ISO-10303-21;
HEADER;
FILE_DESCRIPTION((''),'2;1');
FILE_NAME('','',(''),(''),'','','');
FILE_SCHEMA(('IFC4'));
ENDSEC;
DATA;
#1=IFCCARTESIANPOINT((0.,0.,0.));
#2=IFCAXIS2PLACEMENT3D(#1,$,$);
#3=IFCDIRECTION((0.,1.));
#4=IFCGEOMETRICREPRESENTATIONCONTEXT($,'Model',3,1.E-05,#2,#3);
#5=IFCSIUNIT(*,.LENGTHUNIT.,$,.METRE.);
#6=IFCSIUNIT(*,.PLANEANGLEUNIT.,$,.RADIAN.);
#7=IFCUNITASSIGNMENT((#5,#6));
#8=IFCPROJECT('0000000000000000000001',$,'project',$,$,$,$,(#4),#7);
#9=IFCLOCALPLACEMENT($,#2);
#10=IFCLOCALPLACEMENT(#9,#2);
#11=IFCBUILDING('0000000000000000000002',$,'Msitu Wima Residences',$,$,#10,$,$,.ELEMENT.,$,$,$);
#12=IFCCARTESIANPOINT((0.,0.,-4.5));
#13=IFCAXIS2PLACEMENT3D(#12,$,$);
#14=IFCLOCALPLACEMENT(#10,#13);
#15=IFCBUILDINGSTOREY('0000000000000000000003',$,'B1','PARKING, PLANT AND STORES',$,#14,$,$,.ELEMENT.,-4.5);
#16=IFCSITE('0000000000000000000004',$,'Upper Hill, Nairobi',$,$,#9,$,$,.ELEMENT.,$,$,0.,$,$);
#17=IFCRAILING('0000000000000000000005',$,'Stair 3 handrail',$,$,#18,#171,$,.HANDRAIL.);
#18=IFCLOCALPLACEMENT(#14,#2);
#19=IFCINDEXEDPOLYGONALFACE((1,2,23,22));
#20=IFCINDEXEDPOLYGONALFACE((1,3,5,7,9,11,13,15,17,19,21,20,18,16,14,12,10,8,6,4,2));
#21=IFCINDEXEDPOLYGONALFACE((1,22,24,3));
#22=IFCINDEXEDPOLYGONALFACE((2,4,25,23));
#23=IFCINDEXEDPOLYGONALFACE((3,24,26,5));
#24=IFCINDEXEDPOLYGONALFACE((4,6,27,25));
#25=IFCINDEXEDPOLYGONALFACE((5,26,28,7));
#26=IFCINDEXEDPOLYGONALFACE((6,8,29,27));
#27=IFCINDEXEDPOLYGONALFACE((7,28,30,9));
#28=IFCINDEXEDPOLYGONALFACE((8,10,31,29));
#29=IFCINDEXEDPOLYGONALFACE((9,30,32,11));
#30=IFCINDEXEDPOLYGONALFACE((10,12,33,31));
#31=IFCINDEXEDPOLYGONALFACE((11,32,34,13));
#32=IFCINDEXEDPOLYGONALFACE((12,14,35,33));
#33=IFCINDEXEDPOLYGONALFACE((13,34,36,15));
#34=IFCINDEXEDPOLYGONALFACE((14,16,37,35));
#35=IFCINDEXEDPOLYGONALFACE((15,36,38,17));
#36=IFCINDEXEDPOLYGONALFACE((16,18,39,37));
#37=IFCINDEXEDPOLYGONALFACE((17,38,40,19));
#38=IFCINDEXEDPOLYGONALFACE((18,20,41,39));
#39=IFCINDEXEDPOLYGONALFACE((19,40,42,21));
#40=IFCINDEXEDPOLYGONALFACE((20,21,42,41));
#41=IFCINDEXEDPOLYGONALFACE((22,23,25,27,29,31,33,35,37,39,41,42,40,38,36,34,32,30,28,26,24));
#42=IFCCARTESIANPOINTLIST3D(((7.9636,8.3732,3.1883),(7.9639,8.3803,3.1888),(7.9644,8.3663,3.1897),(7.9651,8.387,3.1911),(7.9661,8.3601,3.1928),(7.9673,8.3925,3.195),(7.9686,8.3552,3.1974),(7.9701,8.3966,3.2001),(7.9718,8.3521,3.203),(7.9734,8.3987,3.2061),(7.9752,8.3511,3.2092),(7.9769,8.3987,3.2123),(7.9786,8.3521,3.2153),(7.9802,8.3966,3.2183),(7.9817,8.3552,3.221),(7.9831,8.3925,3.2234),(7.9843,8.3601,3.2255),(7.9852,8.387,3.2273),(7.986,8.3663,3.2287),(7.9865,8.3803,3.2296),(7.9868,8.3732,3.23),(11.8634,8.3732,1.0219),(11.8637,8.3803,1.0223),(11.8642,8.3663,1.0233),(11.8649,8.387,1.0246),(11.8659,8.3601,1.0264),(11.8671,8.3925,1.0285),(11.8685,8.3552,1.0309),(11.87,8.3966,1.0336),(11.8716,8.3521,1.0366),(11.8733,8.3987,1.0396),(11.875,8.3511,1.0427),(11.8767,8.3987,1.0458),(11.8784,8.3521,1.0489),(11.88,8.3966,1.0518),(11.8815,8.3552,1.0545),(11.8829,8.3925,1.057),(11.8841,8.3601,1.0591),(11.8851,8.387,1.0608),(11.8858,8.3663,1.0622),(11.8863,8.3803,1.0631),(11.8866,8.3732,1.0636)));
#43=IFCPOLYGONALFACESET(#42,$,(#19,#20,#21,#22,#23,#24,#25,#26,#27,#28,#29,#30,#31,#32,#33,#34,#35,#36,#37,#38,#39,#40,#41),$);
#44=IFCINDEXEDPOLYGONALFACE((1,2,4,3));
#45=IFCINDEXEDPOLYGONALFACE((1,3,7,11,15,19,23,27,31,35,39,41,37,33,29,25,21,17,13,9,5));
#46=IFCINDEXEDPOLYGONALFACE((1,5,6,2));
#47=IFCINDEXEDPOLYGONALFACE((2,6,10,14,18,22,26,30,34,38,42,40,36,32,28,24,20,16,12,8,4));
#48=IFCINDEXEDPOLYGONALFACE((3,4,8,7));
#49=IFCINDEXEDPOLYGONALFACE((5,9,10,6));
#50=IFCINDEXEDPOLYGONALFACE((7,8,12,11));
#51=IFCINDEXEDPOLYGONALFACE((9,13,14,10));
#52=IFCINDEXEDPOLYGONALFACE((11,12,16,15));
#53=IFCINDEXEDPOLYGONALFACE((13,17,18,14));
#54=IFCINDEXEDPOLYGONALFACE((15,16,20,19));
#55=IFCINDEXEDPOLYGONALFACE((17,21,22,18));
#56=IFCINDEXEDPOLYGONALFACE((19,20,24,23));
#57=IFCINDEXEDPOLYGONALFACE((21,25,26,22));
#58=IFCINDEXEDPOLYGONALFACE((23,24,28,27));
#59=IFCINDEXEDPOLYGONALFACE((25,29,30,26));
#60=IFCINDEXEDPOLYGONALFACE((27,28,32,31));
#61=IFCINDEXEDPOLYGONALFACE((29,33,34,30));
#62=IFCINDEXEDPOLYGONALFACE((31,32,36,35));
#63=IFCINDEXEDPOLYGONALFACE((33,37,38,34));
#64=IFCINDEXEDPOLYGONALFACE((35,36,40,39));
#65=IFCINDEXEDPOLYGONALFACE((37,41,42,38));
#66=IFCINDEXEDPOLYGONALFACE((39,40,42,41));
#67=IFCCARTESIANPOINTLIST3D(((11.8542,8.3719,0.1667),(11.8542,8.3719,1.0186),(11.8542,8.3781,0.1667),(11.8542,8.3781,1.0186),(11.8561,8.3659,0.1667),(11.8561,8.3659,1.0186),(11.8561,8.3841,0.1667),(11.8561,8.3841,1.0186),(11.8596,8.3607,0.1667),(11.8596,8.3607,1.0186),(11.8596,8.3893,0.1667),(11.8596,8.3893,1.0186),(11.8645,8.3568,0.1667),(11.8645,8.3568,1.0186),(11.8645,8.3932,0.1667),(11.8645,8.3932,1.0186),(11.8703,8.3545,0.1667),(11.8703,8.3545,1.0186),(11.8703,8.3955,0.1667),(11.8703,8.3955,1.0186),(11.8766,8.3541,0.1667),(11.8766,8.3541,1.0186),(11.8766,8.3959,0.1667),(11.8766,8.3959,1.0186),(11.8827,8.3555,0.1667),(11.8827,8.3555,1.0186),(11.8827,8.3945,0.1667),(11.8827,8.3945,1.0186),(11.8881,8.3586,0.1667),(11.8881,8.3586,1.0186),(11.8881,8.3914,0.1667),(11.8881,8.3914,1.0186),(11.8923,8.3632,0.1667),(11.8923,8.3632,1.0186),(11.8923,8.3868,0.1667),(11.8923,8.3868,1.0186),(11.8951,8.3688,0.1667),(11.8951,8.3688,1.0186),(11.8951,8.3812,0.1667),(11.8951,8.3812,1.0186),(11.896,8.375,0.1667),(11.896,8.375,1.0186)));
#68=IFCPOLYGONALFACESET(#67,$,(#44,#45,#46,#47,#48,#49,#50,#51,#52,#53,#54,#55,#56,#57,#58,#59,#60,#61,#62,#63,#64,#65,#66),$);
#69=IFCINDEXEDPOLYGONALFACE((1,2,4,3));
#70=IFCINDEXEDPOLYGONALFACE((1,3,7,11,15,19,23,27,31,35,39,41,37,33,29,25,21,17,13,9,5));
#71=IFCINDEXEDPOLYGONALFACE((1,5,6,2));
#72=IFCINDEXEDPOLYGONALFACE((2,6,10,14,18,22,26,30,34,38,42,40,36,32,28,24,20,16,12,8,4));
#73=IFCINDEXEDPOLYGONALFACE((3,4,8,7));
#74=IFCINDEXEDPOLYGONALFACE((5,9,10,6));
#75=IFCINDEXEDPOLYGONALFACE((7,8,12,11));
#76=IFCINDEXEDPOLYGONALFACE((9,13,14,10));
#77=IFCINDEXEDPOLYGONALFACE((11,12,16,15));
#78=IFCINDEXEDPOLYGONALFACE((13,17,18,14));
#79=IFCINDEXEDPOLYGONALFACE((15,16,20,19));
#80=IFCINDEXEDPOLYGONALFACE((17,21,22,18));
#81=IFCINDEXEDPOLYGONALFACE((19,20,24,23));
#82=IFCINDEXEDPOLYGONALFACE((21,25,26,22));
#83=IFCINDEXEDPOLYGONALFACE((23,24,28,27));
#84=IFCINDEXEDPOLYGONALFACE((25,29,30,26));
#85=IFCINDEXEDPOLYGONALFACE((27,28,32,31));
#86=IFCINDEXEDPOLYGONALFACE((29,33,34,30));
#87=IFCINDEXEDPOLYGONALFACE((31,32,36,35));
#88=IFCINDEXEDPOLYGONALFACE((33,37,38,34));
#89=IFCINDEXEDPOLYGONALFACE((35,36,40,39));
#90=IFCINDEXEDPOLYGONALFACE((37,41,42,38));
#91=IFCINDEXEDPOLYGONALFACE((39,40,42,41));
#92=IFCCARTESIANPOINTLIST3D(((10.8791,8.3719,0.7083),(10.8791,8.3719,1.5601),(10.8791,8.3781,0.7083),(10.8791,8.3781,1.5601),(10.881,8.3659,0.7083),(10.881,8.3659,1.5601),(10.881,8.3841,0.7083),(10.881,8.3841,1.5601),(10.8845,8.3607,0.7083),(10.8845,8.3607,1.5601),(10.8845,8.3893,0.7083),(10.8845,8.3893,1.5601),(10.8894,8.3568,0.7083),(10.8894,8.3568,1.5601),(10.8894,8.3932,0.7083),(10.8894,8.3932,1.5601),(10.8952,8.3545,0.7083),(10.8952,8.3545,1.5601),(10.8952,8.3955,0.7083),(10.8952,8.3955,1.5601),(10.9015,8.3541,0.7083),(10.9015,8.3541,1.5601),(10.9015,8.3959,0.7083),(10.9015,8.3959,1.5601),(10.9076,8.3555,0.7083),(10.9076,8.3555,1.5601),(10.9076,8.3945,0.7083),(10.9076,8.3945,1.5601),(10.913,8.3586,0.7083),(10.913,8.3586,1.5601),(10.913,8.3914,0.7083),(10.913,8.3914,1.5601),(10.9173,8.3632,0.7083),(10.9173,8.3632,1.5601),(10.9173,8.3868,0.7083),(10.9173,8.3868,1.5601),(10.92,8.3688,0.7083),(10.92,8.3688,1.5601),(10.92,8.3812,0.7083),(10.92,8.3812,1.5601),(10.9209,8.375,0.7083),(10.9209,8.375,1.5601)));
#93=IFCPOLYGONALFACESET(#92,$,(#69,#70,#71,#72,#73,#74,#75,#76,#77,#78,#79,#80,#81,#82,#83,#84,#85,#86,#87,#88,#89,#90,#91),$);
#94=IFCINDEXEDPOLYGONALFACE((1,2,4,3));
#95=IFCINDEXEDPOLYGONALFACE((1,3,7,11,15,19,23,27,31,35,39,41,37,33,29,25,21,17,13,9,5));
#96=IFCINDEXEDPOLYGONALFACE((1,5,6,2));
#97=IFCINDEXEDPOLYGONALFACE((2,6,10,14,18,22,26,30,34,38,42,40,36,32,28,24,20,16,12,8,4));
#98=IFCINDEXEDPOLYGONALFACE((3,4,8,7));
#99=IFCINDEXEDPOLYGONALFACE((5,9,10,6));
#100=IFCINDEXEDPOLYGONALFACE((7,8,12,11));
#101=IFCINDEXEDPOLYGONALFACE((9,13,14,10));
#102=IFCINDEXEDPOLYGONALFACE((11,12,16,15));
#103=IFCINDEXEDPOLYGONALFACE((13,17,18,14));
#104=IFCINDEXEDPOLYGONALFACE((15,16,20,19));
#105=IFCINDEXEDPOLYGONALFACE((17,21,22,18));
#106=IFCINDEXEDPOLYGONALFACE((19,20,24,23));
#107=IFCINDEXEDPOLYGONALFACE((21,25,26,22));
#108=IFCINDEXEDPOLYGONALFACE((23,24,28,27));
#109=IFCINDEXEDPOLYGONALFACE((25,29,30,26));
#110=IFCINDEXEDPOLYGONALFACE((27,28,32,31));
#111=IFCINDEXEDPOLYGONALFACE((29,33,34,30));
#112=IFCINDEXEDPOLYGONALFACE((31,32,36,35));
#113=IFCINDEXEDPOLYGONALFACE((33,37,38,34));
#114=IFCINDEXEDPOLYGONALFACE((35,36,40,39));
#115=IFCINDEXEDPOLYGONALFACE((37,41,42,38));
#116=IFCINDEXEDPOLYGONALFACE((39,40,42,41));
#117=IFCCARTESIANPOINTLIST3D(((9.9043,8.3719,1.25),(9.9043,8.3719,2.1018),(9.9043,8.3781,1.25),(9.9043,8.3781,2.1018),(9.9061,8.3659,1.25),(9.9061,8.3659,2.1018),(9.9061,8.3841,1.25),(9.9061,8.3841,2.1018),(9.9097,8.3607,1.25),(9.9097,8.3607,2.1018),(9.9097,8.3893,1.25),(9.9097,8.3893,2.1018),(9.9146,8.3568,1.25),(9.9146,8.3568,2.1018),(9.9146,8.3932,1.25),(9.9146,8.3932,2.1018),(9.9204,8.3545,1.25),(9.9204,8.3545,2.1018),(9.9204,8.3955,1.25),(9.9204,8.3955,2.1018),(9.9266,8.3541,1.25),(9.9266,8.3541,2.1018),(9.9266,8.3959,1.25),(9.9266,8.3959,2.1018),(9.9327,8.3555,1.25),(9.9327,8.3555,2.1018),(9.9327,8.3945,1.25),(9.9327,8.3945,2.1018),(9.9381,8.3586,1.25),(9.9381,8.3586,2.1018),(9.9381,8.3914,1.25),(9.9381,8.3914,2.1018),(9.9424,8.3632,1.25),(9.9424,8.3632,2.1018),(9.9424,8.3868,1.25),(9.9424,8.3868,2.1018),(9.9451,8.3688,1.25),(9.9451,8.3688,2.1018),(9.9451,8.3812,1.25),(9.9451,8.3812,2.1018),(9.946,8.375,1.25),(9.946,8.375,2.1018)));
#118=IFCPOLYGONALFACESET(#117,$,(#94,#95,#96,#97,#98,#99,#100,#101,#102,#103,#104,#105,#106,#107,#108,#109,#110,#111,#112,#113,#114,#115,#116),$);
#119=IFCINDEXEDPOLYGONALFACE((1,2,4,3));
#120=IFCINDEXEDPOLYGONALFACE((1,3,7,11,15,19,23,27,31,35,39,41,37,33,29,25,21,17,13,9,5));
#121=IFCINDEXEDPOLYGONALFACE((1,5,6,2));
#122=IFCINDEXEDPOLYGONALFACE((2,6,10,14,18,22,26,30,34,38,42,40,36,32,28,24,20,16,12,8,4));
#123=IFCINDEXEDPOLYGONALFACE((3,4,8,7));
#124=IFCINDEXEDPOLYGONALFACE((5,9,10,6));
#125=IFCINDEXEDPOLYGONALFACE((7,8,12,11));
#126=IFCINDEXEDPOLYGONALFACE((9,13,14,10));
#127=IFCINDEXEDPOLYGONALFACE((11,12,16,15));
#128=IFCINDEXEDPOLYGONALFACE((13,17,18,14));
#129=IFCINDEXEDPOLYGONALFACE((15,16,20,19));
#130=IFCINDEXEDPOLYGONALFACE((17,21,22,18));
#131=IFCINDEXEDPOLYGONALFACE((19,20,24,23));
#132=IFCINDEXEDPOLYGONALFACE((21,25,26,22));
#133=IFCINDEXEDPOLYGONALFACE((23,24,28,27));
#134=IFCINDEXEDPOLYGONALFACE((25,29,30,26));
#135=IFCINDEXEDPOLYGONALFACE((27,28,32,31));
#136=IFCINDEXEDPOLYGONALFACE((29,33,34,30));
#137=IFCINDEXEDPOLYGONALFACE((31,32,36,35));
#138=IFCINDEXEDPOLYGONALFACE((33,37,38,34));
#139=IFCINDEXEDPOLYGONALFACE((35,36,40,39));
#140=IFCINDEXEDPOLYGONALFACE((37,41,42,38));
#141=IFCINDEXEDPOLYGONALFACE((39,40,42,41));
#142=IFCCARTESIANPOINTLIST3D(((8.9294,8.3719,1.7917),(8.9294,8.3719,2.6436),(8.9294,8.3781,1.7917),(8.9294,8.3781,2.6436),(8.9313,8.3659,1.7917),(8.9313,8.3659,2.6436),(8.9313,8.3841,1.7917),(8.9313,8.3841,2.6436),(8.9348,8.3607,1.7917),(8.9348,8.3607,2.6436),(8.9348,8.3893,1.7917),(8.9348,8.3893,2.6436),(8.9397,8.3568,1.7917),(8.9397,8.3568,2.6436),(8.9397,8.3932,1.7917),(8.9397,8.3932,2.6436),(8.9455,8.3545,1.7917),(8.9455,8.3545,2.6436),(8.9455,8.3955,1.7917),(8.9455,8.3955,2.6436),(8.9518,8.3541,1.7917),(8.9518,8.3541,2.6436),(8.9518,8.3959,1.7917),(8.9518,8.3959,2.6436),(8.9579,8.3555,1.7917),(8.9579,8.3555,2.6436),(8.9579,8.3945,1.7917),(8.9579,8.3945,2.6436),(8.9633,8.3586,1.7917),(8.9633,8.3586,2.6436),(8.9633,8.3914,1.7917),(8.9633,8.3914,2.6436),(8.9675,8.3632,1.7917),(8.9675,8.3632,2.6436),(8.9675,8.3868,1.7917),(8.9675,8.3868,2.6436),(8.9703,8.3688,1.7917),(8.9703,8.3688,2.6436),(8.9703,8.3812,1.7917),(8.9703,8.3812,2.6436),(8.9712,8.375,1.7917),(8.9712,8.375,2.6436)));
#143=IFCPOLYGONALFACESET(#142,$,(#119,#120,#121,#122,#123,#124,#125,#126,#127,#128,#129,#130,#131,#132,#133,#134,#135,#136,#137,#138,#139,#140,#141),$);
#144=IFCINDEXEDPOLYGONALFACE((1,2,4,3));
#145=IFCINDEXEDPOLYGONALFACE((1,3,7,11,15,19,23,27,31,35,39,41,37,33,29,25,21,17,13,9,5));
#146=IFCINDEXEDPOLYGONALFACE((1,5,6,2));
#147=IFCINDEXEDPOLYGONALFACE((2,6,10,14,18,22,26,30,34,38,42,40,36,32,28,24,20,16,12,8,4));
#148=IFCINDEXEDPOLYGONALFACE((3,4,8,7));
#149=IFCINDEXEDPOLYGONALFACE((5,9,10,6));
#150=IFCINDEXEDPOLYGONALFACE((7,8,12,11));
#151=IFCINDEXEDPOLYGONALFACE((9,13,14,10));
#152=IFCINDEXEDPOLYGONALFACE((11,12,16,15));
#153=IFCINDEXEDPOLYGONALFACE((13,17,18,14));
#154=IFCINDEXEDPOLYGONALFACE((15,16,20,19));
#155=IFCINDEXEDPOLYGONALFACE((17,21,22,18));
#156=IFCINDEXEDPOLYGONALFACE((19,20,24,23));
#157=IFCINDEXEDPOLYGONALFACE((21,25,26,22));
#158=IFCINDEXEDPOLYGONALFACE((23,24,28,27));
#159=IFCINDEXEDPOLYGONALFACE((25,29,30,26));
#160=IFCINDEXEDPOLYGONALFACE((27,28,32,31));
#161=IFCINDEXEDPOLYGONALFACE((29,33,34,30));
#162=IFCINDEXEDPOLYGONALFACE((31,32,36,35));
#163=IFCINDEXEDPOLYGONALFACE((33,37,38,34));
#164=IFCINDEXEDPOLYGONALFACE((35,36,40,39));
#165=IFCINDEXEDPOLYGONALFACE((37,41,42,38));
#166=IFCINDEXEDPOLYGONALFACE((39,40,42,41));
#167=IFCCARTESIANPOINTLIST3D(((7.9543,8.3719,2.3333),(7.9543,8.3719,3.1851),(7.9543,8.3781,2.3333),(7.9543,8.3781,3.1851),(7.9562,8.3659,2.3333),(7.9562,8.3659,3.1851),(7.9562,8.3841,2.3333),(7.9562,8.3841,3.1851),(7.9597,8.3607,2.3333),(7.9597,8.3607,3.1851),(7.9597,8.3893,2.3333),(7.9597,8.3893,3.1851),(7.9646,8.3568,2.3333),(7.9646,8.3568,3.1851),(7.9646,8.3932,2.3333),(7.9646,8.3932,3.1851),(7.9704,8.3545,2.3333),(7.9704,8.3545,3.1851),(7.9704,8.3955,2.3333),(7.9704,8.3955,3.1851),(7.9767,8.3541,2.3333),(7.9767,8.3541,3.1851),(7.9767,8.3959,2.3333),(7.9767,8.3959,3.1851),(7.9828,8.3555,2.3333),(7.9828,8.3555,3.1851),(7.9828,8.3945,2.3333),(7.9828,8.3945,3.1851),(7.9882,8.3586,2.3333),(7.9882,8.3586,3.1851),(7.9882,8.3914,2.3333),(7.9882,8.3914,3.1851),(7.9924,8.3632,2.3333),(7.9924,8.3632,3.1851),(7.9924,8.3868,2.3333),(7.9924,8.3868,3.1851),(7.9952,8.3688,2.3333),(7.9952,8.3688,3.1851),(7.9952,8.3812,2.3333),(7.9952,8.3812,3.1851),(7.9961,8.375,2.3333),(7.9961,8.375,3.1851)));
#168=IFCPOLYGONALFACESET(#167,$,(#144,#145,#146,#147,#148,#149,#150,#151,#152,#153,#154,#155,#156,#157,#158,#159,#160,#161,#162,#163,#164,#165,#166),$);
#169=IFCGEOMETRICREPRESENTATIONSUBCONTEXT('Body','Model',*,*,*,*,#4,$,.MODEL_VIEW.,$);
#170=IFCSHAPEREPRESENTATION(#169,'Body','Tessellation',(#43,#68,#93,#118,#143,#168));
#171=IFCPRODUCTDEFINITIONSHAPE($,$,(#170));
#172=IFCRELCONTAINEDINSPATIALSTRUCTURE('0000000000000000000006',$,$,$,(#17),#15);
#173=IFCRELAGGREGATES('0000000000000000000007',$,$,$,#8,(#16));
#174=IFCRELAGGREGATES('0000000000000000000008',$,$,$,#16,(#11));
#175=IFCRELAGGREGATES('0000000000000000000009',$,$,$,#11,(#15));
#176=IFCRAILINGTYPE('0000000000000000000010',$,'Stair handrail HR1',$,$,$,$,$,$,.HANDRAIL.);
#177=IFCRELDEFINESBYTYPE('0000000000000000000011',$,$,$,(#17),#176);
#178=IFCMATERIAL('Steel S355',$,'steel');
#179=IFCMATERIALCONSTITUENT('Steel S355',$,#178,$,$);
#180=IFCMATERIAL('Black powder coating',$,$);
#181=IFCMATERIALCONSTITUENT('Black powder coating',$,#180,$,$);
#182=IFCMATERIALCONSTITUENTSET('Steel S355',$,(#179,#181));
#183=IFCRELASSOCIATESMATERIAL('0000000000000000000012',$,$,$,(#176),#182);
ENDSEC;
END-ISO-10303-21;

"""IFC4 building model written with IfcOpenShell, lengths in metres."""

from ifc_helpers import new_model, si_unit, direction, frame, origin, origin_2d, place, context, subcontext, project, spatial, circle, extrude, material, constituent, constituent_set, type_object, element, save


model = new_model("IFC4")

# Units and contexts
model_context = context("Model", 3, precision=1e-05, world=origin(), true_north=direction((0.0, 1.0)))
body_context = subcontext(model_context, "Body", "Model", "MODEL_VIEW")
ifc_project = project(units=[si_unit("LENGTHUNIT", "METRE"), si_unit("PLANEANGLEUNIT", "RADIAN")], contexts=[model_context])

# Site, building, storey
site_placement = place(None, origin())
site = spatial("IfcSite", under=ifc_project, at=site_placement, Name="Upper Hill, Nairobi", CompositionType="ELEMENT", RefElevation=0.0)
building_placement = place(site_placement, origin())
building = spatial("IfcBuilding", under=site, at=building_placement, Name="Msitu Wima Residences", CompositionType="ELEMENT")
storey_placement = place(building_placement, frame((0.0, 0.0, -4.5)))
storey = spatial("IfcBuildingStorey", under=building, at=storey_placement, Name="B1", Description="PARKING, PLANT AND STORES", CompositionType="ELEMENT", Elevation=-4.5)

# Railing
ifc_material_1 = material(Name="Steel S355", Category="steel")
ifc_constituent_1 = constituent(ifc_material_1, Name="Steel S355")
ifc_material_2 = material(Name="Black powder coating")
ifc_constituent_2 = constituent(ifc_material_2, Name="Black powder coating")
ifc_constituent_set_1 = constituent_set(constituents=[ifc_constituent_1, ifc_constituent_2], Name="Steel S355")
railing_type_1 = type_object("IfcRailingType", Name="Stair handrail HR1", PredefinedType="HANDRAIL", material=ifc_constituent_set_1)
for number, where, name in (
    (1, (11.875, 8.375, 0.1667), "Stair 3 handrail"),
):
    element("IfcRailing", number, at=place(storey_placement, frame(where)), inside=storey, type_object=railing_type_1, Name=name, PredefinedType="HANDRAIL", context=body_context, shape_type="SweptSolid", body=[
        extrude(circle(Radius=0.0239, at=origin_2d()), frame((0.0, 0.0, 0.876), z_axis=(-0.874168, 0.0, 0.485624), x_axis=(0.0, -1.0, 0.0)), (0.0, 0.0, 1.0), 4.4612),
        extrude(circle(Radius=0.021, at=origin_2d()), origin(), (0.0, 0.0, 1.0), 0.8518),
        extrude(circle(Radius=0.021, at=origin_2d()), frame((-0.9751, 0.0, 0.5415)), (0.0, 0.0, 1.0), 0.8518),
        extrude(circle(Radius=0.021, at=origin_2d()), frame((-1.95, 0.0, 1.0833)), (0.0, 0.0, 1.0), 0.8518),
        extrude(circle(Radius=0.021, at=origin_2d()), frame((-2.9248, 0.0, 1.625)), (0.0, 0.0, 1.0), 0.8518),
        extrude(circle(Radius=0.021, at=origin_2d()), frame((-3.8999, 0.0, 2.1665)), (0.0, 0.0, 1.0), 0.8518),
    ])

save(model, "model.ifc")
